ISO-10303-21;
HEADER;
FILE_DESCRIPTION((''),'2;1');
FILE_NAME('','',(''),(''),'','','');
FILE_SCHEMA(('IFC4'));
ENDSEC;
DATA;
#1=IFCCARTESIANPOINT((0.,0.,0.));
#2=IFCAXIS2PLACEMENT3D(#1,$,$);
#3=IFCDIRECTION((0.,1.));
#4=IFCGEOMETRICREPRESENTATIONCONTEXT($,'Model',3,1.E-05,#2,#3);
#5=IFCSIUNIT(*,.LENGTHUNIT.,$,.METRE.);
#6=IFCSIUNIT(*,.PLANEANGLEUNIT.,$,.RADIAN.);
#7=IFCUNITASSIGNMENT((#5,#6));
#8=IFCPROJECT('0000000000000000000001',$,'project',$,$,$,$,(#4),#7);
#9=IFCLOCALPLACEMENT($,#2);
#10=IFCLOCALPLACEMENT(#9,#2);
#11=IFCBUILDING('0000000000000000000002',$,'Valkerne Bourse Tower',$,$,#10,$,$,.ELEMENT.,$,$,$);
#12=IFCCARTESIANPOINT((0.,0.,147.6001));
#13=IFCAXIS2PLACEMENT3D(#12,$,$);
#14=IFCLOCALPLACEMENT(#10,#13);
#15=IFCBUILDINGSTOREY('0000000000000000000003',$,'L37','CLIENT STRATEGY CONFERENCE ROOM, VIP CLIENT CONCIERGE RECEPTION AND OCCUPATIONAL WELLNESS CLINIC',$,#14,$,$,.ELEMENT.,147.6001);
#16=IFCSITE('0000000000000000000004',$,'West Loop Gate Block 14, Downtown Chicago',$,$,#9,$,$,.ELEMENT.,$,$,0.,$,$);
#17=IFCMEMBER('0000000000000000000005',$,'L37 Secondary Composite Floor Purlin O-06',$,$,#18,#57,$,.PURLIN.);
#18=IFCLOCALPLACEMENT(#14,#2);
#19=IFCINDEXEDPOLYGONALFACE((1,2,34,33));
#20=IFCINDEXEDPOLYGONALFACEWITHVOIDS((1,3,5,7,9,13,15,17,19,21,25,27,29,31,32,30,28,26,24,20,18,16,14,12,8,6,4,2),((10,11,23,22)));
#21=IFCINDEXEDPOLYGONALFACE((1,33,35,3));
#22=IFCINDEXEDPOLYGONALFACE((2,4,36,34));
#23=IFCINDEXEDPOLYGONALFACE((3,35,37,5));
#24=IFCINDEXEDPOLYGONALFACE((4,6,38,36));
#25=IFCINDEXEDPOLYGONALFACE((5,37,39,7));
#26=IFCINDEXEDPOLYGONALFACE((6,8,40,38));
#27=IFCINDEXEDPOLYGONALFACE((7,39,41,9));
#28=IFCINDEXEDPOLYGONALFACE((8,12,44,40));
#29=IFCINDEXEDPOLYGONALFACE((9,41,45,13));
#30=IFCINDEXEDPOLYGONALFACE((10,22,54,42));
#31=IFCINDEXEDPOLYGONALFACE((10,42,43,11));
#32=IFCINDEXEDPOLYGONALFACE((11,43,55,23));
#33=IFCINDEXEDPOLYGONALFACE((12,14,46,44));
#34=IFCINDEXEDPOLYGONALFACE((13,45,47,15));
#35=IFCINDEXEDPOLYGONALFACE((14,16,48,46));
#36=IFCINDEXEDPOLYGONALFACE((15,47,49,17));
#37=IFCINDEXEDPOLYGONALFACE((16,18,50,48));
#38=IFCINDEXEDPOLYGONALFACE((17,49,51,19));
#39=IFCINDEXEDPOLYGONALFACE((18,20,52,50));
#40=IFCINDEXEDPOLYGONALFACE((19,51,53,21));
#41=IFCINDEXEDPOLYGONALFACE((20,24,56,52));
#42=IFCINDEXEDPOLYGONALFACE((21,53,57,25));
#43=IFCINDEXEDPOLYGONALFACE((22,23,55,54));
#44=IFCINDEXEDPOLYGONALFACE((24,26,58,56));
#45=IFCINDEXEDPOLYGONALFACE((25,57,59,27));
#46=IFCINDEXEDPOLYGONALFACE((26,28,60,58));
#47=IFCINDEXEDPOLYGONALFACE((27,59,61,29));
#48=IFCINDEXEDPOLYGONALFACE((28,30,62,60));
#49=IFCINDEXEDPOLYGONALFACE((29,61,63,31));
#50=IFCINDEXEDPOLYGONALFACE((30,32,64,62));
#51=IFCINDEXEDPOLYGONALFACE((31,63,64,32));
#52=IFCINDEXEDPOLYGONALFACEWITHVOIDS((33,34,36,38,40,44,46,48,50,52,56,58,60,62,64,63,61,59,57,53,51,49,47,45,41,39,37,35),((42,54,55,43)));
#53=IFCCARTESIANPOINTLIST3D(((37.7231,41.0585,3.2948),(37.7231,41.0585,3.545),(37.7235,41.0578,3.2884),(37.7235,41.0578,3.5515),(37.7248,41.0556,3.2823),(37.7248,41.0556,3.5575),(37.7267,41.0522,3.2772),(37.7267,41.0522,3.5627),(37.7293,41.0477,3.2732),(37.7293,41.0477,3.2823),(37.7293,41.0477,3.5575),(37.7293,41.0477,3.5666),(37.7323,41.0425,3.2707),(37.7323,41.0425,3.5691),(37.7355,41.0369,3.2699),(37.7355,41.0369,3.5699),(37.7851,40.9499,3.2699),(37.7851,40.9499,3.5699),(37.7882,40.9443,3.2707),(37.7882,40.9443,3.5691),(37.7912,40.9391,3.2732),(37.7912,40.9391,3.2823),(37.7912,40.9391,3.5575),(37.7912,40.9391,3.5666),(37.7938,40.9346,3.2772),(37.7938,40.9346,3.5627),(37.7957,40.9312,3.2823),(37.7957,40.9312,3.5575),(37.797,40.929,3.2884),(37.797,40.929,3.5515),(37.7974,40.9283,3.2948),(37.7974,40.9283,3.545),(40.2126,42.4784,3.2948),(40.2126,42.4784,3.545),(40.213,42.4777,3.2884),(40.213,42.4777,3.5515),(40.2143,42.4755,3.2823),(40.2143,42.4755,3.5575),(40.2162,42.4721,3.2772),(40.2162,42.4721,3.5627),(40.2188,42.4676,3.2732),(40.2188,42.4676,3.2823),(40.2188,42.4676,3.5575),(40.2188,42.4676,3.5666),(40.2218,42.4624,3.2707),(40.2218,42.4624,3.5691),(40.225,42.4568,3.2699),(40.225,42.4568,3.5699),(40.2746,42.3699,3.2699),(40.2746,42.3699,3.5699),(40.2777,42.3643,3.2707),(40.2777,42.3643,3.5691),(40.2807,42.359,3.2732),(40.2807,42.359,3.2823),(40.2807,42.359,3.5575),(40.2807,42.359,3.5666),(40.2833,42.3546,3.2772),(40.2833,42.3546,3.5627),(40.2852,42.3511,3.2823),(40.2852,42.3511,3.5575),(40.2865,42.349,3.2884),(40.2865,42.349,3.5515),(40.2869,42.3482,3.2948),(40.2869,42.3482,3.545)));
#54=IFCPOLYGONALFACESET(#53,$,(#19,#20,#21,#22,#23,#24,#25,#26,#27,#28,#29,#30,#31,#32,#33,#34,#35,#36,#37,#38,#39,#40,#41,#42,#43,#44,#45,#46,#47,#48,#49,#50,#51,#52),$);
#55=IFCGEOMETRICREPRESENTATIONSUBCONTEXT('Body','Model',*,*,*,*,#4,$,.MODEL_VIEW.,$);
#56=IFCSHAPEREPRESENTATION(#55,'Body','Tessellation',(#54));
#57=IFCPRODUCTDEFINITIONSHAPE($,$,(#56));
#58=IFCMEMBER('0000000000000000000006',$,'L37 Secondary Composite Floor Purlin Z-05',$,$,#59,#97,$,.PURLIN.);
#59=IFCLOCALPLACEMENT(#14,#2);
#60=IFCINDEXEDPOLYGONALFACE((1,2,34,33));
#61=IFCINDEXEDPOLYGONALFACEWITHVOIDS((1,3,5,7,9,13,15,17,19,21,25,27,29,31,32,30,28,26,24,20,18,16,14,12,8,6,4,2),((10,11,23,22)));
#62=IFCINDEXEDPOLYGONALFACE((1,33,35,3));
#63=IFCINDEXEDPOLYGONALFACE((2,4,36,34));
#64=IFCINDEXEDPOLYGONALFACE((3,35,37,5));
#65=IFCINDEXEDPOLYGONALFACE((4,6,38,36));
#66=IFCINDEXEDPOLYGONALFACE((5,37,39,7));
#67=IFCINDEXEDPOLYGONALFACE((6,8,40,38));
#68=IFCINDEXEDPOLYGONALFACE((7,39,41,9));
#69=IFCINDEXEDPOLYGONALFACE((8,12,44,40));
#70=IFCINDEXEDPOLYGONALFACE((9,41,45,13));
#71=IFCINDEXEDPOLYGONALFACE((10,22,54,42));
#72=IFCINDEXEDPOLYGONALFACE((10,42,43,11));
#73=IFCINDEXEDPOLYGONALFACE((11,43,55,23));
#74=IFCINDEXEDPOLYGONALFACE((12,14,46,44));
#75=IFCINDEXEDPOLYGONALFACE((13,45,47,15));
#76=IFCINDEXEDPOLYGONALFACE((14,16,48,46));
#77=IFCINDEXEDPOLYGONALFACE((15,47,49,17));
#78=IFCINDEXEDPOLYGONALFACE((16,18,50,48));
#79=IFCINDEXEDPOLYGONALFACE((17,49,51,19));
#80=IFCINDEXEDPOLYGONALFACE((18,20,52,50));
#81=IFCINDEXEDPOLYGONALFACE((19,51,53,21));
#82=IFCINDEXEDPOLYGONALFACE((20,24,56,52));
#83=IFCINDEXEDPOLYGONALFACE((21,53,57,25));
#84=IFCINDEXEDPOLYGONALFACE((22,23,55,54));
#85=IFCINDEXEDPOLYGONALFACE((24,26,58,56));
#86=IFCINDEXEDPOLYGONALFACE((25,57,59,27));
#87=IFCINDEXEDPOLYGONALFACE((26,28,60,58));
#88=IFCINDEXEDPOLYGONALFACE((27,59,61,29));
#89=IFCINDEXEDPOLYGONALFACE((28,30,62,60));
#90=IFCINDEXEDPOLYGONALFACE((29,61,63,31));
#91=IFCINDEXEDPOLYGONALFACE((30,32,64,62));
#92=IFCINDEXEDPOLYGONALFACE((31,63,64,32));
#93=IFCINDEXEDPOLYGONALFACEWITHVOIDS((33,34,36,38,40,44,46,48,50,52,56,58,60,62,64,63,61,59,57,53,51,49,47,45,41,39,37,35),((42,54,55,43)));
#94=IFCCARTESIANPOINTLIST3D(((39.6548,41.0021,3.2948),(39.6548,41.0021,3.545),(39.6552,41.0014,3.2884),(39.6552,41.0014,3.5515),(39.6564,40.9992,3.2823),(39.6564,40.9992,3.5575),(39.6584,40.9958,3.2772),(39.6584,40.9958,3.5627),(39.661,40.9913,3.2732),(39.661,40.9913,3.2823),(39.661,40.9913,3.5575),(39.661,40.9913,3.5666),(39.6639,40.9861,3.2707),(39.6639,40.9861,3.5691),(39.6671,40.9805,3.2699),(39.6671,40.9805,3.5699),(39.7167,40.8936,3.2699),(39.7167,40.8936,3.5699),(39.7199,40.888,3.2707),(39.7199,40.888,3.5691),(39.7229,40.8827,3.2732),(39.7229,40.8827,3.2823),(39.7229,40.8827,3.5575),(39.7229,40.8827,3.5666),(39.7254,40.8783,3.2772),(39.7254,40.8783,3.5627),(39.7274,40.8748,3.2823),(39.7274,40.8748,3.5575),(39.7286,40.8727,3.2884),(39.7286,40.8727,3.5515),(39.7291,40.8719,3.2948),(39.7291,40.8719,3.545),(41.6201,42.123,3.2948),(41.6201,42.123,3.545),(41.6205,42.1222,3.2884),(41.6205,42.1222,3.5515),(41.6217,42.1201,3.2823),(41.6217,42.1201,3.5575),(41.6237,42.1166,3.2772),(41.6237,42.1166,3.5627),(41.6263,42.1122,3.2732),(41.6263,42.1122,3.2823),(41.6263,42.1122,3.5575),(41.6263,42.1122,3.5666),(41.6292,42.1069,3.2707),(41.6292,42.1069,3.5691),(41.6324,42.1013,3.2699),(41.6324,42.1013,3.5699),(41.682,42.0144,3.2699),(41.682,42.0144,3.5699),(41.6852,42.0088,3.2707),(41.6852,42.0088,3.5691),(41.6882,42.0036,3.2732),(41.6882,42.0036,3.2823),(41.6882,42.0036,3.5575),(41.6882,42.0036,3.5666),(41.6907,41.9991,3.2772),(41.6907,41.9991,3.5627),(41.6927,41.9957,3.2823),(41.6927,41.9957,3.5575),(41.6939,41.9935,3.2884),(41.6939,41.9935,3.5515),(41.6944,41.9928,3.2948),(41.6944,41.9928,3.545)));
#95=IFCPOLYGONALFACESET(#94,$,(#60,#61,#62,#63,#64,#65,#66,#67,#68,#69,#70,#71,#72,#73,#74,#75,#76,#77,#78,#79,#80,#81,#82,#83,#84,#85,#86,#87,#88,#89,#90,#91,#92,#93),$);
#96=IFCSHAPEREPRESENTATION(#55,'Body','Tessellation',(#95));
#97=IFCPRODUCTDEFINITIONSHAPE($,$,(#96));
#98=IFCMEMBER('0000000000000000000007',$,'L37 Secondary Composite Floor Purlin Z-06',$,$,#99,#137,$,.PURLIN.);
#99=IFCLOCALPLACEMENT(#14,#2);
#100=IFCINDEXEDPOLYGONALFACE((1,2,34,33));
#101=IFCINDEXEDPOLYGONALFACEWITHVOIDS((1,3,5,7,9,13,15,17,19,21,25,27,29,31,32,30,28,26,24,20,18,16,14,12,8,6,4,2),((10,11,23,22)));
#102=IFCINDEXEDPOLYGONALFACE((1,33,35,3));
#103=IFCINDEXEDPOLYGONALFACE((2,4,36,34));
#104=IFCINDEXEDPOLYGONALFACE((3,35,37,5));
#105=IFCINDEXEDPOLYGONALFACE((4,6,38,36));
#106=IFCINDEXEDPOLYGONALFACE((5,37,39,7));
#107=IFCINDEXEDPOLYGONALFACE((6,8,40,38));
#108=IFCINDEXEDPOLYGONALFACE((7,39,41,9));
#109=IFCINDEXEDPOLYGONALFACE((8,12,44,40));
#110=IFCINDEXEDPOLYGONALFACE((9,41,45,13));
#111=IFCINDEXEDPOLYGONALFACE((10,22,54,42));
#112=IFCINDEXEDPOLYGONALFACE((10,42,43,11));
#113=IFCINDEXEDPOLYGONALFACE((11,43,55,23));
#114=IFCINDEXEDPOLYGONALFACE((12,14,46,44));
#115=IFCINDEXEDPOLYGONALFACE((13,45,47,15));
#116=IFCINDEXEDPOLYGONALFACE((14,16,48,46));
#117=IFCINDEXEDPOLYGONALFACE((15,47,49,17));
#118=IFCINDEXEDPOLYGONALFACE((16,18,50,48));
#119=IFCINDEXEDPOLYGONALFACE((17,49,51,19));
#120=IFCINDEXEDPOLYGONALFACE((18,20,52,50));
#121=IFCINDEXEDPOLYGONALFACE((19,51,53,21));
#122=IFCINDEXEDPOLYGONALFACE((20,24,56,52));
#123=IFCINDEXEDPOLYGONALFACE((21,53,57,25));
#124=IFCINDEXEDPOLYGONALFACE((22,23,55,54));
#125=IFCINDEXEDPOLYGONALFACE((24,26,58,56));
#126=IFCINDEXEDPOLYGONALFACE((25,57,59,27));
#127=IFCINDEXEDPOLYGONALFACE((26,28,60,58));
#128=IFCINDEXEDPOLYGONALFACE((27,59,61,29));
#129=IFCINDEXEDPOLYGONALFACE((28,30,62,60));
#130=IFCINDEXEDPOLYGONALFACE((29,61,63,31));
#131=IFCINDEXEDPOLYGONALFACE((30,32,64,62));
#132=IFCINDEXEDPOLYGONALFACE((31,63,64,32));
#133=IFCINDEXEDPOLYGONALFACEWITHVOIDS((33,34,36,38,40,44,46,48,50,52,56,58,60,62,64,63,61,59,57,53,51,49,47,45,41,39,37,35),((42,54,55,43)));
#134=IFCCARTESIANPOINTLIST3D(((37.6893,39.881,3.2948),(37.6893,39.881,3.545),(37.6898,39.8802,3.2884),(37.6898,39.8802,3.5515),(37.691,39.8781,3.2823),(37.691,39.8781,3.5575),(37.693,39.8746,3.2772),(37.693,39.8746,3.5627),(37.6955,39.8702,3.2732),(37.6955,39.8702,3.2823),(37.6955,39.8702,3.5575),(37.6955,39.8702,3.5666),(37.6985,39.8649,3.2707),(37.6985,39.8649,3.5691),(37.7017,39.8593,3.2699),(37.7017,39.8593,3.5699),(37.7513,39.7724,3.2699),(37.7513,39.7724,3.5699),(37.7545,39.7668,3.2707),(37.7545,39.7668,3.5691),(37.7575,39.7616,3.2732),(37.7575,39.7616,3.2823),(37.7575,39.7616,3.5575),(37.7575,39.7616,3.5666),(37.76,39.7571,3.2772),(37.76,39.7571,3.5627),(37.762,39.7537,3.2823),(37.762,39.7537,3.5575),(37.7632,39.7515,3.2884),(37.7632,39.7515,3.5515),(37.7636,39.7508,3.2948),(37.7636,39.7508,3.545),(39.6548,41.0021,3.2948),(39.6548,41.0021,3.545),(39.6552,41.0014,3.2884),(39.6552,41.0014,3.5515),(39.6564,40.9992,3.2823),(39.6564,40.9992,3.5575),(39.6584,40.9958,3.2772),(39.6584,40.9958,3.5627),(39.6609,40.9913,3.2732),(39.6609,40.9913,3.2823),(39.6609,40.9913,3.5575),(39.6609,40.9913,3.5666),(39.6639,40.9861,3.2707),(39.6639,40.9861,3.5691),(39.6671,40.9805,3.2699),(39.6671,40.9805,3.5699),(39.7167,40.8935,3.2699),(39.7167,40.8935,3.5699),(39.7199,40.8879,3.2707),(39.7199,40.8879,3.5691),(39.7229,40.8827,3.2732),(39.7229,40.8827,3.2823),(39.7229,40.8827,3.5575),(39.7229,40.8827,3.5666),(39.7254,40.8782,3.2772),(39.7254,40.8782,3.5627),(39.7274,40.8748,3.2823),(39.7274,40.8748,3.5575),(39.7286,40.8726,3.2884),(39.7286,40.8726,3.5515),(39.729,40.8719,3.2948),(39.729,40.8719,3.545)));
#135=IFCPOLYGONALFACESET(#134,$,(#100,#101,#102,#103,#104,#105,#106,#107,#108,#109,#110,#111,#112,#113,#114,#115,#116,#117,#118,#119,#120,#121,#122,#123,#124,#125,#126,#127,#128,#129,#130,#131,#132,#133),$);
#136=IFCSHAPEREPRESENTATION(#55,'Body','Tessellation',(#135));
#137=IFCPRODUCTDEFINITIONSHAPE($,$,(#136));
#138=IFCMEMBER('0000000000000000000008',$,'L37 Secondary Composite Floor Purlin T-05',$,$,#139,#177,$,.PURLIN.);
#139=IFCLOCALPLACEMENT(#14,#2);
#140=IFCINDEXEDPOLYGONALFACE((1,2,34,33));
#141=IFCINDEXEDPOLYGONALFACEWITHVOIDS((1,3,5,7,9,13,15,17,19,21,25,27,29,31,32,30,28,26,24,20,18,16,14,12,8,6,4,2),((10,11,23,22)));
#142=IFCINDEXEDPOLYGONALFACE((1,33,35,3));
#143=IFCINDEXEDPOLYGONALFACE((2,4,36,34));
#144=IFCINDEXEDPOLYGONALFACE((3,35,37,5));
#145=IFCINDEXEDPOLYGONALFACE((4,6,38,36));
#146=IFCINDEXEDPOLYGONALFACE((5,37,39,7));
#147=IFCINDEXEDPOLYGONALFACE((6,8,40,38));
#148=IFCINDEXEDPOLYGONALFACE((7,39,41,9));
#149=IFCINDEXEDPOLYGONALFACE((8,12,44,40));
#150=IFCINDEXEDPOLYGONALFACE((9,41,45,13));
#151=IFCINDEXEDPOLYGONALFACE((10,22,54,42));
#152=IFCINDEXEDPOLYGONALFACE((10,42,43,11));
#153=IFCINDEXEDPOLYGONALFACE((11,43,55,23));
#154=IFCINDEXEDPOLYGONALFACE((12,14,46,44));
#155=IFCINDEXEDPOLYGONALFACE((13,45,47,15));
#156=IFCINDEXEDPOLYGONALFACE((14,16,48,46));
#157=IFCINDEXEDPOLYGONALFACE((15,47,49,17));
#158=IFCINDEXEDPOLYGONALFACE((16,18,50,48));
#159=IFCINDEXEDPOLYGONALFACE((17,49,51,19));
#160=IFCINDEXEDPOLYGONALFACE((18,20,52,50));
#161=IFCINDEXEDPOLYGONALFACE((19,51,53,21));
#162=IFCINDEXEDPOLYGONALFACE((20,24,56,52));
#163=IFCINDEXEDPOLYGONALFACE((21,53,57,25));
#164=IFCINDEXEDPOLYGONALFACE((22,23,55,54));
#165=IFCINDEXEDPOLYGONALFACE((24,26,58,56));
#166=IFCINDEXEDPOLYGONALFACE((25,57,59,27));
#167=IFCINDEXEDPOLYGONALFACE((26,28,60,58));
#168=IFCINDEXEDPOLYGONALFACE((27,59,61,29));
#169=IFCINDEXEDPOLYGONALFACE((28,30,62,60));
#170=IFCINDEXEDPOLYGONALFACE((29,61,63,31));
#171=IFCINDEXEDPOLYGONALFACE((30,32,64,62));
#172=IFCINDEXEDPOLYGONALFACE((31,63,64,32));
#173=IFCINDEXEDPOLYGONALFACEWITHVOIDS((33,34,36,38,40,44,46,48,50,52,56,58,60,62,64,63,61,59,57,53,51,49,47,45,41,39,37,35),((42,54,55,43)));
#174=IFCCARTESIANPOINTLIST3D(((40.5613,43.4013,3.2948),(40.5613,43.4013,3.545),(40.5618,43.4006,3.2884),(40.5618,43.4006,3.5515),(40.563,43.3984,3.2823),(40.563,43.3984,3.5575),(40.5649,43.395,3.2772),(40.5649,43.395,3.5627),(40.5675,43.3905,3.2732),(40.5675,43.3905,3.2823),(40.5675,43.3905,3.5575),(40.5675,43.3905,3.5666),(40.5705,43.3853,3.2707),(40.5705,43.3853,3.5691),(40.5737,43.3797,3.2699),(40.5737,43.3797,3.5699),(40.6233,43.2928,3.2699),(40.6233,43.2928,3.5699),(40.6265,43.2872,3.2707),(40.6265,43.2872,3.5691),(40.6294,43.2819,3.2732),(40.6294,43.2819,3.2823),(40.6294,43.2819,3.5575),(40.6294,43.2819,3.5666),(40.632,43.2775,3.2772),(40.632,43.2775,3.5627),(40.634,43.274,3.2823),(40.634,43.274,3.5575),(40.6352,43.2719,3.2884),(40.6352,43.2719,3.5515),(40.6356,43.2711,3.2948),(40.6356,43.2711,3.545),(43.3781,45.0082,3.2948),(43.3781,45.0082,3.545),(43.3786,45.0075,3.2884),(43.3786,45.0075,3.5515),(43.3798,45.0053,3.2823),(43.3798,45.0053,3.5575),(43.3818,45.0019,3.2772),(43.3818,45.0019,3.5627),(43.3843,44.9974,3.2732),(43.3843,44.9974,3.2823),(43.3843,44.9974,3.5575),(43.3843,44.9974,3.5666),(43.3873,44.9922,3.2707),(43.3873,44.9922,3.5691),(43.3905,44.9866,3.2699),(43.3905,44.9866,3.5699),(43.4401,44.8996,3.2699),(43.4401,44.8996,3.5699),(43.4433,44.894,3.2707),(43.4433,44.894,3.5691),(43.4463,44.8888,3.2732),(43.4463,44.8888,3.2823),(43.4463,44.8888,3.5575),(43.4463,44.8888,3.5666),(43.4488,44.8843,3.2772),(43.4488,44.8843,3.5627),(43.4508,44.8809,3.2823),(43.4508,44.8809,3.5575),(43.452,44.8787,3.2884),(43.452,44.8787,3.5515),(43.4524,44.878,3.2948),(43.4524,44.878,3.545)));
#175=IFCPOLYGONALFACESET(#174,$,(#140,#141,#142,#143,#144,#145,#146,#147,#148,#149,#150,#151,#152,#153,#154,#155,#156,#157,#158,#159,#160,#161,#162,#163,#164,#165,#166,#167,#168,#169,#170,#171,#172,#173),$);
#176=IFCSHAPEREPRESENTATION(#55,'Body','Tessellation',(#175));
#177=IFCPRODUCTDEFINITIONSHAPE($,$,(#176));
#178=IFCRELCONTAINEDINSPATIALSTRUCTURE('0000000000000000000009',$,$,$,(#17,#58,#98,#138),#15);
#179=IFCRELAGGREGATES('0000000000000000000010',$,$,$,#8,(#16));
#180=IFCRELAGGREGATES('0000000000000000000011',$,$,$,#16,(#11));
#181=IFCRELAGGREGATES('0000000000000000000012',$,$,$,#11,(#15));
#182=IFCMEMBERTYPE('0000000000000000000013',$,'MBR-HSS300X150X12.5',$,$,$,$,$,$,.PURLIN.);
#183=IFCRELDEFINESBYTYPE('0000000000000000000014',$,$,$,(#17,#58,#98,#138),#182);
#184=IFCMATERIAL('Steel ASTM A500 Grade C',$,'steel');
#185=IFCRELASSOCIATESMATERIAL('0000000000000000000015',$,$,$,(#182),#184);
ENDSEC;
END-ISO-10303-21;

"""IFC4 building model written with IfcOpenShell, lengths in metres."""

from ifc_helpers import new_model, si_unit, direction, frame, origin, origin_2d, place, context, subcontext, project, spatial, hollow_rectangle, extrude, material, material_profile, profile_set, type_object, element, save


model = new_model("IFC4")

# Units and contexts
model_context = context("Model", 3, precision=1e-05, world=origin(), true_north=direction((0.0, 1.0)))
body_context = subcontext(model_context, "Body", "Model", "MODEL_VIEW")
ifc_project = project(units=[si_unit("LENGTHUNIT", "METRE"), si_unit("PLANEANGLEUNIT", "RADIAN")], contexts=[model_context])

# Site, building, storey
site_placement = place(None, origin())
site = spatial("IfcSite", under=ifc_project, at=site_placement, Name="West Loop Gate Block 14, Downtown Chicago", CompositionType="ELEMENT", RefElevation=0.0)
building_placement = place(site_placement, origin())
building = spatial("IfcBuilding", under=site, at=building_placement, Name="Valkerne Bourse Tower", CompositionType="ELEMENT")
storey_placement = place(building_placement, frame((0.0, 0.0, 147.6001)))
storey = spatial("IfcBuildingStorey", under=building, at=storey_placement, Name="L37", Description="CLIENT STRATEGY CONFERENCE ROOM, VIP CLIENT CONCIERGE RECEPTION AND OCCUPATIONAL WELLNESS CLINIC", CompositionType="ELEMENT", Elevation=147.6001)

# Members
ifc_material_1 = material(Name="Steel ASTM A500 Grade C", Category="steel")
ifc_material_profile_1 = material_profile(ifc_material_1, hollow_rectangle(XDim=0.1499, YDim=0.3, WallThickness=0.0125, OuterFilletRadius=0.0249, at=origin_2d()), Name="HSS300X150X12.5")
ifc_profile_set_1 = profile_set([ifc_material_profile_1], Name="Steel ASTM A500 Grade C")
member_type_1 = type_object("IfcMemberType", Name="MBR-HSS300X150X12.5", PredefinedType="PURLIN", material=ifc_profile_set_1)
member_1_placement = place(storey_placement, frame((40.2498, 42.4133, 3.4199), z_axis=(-0.868641, -0.495442, 0.0), x_axis=(0.495442, -0.868641, 0.0)))
element("IfcMember", 1, at=member_1_placement, inside=storey, type_object=member_type_1, Name="L37 Secondary Composite Floor Purlin O-06", PredefinedType="PURLIN", context=body_context, shape_type="SweptSolid", body=[
    extrude(hollow_rectangle(XDim=0.1499, YDim=0.3, WallThickness=0.0125, OuterFilletRadius=0.0249, at=origin_2d()), origin(), (0.0, 0.0, 1.0), 2.866),
])
member_2_placement = place(storey_placement, frame((41.6572, 42.0579, 3.4199), z_axis=(-0.868661, -0.495407, 0.0), x_axis=(0.495407, -0.868661, 0.0)))
element("IfcMember", 2, at=member_2_placement, inside=storey, type_object=member_type_1, Name="L37 Secondary Composite Floor Purlin Z-05", PredefinedType="PURLIN", context=body_context, shape_type="SweptSolid", body=[
    extrude(hollow_rectangle(XDim=0.1499, YDim=0.3, WallThickness=0.0125, OuterFilletRadius=0.0249, at=origin_2d()), origin(), (0.0, 0.0, 1.0), 2.2625),
])
member_3_placement = place(storey_placement, frame((39.6919, 40.937, 3.4199), z_axis=(-0.868615, -0.495488, 0.0), x_axis=(0.495488, -0.868615, 0.0)))
element("IfcMember", 3, at=member_3_placement, inside=storey, type_object=member_type_1, Name="L37 Secondary Composite Floor Purlin Z-06", PredefinedType="PURLIN", context=body_context, shape_type="SweptSolid", body=[
    extrude(hollow_rectangle(XDim=0.1499, YDim=0.3, WallThickness=0.0125, OuterFilletRadius=0.0249, at=origin_2d()), origin(), (0.0, 0.0, 1.0), 2.2627),
])
member_4_placement = place(storey_placement, frame((43.4153, 44.9431, 3.4199), z_axis=(-0.868604, -0.495506, 0.0), x_axis=(0.495506, -0.868604, 0.0)))
element("IfcMember", 4, at=member_4_placement, inside=storey, type_object=member_type_1, Name="L37 Secondary Composite Floor Purlin T-05", PredefinedType="PURLIN", context=body_context, shape_type="SweptSolid", body=[
    extrude(hollow_rectangle(XDim=0.1499, YDim=0.3, WallThickness=0.0125, OuterFilletRadius=0.0249, at=origin_2d()), origin(), (0.0, 0.0, 1.0), 3.2429),
])

save(model, "model.ifc")
